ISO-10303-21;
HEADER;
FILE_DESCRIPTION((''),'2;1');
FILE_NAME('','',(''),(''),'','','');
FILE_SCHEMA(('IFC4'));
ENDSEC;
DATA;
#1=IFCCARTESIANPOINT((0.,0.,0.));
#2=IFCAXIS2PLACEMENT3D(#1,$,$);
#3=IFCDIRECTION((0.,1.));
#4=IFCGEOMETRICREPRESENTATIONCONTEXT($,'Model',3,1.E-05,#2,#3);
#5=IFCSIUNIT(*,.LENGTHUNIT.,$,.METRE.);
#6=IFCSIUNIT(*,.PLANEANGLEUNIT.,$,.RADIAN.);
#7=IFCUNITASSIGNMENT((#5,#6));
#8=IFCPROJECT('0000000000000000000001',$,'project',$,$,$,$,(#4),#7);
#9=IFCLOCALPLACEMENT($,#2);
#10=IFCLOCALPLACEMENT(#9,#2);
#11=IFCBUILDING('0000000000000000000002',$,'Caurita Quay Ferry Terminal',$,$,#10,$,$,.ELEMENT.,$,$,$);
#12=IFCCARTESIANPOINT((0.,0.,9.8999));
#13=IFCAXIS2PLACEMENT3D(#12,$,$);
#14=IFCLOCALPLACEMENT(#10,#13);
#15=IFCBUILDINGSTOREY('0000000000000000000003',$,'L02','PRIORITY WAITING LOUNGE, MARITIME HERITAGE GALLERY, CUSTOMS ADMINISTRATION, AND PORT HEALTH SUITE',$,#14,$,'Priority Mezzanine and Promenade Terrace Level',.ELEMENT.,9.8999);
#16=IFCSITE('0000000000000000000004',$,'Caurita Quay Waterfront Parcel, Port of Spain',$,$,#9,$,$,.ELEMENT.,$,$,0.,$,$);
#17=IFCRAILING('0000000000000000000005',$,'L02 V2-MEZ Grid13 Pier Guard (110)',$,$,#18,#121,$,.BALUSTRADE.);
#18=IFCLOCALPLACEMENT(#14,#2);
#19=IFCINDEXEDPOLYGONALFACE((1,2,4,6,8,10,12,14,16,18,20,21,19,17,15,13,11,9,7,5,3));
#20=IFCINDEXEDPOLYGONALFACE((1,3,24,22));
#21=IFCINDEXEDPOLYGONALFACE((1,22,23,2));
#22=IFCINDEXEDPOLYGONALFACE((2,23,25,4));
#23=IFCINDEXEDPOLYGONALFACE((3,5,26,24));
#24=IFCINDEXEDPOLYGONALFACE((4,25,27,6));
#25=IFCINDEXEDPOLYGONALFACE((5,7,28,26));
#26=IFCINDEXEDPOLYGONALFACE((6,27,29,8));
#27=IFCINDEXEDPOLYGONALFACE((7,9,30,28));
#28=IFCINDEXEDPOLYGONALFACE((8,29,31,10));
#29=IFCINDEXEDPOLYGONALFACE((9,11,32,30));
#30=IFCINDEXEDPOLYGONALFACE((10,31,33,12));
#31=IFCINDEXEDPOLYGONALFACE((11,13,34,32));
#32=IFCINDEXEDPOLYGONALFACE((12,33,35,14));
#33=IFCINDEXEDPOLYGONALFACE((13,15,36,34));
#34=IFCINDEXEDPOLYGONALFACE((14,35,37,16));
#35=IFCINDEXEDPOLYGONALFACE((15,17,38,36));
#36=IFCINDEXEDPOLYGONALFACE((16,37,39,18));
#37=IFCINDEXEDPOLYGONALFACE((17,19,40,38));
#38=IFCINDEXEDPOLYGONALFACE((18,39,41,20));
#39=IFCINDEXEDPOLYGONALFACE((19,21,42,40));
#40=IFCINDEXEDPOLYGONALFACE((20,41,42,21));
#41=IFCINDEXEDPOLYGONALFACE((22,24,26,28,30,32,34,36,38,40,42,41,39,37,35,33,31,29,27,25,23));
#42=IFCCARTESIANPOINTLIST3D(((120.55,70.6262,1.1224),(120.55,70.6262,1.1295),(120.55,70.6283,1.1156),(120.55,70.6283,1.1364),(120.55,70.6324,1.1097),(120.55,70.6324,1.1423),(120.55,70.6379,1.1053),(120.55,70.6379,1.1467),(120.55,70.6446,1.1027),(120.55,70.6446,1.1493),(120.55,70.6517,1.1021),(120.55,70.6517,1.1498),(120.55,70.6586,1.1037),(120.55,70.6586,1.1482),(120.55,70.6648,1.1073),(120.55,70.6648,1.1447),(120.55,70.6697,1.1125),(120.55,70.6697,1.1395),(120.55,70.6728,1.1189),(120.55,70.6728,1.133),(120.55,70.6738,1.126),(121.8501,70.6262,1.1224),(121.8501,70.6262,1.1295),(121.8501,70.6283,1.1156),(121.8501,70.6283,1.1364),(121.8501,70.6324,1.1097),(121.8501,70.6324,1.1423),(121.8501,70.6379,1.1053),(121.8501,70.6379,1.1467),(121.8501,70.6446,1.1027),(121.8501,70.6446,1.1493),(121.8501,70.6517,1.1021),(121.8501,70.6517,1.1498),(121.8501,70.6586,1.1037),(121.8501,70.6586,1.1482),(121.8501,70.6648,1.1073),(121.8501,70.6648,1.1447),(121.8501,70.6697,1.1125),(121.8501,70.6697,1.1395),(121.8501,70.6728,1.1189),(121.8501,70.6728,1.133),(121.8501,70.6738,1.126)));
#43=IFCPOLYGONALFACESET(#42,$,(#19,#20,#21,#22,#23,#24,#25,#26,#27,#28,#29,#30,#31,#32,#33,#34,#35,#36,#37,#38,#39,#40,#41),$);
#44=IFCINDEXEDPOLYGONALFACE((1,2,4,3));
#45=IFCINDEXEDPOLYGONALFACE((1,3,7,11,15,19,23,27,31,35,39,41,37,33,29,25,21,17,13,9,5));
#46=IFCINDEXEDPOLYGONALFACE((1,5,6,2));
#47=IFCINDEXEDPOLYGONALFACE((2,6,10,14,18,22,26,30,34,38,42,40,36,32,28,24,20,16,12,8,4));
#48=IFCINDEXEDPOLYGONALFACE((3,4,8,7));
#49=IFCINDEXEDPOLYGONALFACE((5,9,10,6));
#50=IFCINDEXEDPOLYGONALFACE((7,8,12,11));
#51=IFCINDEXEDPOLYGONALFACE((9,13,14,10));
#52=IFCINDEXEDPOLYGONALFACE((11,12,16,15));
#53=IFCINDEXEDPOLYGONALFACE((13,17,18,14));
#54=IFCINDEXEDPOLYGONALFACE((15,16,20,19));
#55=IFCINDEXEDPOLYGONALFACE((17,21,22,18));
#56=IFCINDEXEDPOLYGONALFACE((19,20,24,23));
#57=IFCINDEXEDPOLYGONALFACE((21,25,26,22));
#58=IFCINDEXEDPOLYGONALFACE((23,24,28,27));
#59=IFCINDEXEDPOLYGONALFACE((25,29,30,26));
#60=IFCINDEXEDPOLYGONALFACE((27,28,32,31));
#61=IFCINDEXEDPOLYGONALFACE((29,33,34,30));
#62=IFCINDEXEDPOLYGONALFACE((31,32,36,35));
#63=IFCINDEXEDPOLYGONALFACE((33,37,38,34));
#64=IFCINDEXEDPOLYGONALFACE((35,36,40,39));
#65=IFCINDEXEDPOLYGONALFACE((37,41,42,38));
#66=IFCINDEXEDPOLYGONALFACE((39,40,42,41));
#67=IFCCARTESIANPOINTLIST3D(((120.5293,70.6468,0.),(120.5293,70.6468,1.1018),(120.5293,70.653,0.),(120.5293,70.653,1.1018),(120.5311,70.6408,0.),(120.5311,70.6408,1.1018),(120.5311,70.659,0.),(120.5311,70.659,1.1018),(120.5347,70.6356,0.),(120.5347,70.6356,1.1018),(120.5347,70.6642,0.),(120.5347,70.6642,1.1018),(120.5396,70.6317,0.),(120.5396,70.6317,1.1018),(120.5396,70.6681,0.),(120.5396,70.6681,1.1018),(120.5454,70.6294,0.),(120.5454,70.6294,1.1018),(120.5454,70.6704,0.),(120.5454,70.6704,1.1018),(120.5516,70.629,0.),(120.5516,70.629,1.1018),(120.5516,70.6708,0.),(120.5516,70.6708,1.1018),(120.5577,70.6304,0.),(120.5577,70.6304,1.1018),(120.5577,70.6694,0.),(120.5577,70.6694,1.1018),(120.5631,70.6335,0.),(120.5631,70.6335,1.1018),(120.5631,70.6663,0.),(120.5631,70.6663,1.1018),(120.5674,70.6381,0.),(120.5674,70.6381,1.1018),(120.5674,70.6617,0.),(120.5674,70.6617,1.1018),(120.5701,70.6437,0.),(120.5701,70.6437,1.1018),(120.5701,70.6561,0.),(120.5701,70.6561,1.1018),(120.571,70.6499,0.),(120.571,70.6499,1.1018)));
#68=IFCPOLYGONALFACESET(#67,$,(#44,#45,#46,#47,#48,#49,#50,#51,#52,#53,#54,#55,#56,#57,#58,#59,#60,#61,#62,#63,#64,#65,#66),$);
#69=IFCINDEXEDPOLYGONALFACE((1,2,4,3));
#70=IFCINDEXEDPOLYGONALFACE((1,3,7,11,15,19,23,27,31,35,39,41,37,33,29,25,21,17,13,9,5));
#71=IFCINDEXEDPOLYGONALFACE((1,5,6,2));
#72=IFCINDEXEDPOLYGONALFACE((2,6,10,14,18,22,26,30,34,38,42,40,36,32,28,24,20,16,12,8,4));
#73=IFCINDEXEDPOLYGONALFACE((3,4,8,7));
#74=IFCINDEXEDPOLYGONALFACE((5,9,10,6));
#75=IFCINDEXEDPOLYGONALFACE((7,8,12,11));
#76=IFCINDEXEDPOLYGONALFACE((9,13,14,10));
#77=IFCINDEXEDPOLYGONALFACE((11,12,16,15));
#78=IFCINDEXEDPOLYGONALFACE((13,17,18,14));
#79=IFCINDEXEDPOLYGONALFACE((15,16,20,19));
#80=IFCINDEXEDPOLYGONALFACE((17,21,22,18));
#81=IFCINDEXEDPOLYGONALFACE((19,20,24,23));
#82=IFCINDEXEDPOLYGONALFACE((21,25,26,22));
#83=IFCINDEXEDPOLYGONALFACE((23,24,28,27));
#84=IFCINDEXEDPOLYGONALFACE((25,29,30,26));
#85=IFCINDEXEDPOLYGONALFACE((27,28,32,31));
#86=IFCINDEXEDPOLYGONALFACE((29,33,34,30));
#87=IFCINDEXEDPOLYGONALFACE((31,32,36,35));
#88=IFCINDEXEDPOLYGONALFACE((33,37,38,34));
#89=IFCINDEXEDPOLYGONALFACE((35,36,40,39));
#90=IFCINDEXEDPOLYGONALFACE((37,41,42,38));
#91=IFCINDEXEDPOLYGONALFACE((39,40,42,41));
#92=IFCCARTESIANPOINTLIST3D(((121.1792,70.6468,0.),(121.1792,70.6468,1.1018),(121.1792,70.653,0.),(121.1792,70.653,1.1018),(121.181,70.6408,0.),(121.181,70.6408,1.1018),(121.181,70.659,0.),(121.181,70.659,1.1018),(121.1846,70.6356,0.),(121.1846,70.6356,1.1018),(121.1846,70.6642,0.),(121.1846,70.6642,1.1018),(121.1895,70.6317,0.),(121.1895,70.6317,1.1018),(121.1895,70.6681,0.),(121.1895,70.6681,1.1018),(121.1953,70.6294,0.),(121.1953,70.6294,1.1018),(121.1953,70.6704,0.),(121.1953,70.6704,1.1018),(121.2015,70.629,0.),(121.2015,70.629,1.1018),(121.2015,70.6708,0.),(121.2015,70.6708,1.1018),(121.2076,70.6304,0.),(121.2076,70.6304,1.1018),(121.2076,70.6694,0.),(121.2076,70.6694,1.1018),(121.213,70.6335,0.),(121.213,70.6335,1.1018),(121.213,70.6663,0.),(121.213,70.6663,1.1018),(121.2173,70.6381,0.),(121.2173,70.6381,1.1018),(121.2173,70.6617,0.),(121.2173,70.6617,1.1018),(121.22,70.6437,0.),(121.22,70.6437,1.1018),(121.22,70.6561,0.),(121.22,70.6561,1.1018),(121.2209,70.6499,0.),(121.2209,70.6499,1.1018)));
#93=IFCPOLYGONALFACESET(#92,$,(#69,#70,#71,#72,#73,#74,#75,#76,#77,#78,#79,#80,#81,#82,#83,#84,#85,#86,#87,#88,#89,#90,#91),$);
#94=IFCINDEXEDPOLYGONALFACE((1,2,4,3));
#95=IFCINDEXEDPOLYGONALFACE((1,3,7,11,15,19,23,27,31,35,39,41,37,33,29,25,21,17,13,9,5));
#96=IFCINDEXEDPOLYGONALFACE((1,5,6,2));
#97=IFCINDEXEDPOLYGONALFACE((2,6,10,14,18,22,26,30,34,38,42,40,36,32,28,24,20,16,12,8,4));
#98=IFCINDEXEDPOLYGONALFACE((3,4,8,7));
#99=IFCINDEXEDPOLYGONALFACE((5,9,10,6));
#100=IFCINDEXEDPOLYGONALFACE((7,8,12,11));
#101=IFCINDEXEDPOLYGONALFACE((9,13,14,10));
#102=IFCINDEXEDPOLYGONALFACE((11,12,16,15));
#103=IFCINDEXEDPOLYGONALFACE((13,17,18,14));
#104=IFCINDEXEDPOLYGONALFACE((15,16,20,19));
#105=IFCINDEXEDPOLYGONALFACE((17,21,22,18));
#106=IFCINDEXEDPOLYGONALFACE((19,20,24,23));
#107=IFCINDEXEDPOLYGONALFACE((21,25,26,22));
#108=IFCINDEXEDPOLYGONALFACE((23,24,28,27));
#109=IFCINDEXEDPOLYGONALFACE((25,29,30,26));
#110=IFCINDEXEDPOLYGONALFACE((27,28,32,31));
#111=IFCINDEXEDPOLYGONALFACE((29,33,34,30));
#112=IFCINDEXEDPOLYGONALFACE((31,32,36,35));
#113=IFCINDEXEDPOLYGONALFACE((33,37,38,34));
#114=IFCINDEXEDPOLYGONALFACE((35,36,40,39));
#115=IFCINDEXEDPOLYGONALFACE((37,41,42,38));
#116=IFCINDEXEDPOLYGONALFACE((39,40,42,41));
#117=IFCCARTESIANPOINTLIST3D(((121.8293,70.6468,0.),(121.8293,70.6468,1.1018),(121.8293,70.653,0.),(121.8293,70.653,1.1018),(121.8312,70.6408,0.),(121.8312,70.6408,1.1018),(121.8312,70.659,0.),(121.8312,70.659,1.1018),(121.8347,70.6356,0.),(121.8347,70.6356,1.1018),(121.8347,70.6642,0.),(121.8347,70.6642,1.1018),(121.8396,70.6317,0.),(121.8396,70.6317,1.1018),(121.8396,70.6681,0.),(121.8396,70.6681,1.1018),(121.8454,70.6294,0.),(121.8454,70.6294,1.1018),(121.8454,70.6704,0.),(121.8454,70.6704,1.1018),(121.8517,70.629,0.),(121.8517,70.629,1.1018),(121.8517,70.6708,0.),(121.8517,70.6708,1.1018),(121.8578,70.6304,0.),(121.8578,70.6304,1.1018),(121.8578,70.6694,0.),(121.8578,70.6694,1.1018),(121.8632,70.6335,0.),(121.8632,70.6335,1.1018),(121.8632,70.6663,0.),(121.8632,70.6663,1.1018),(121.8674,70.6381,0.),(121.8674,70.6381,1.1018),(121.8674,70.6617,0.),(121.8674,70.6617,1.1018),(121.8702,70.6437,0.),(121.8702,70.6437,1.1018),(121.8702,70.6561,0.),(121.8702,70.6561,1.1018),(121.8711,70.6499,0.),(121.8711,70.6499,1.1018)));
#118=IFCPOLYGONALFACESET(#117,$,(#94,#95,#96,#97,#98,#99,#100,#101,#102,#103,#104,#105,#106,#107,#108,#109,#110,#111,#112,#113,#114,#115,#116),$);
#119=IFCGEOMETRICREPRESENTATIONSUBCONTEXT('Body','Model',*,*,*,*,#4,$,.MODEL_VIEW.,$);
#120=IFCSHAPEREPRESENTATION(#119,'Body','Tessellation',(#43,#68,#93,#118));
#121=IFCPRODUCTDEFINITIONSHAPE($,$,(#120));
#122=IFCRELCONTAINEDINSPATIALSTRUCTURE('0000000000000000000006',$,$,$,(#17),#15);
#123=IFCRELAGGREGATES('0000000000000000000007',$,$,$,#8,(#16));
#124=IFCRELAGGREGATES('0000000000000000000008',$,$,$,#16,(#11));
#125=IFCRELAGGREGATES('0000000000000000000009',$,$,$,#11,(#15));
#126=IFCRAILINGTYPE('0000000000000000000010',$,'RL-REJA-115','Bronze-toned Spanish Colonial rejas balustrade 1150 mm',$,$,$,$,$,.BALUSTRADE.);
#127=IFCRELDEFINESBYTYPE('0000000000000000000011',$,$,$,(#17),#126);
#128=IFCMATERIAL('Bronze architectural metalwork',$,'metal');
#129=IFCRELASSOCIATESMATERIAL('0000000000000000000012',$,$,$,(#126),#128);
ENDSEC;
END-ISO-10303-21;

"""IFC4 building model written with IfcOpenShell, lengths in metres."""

from ifc_helpers import new_model, si_unit, direction, frame, origin, origin_2d, place, context, subcontext, project, spatial, circle, extrude, material, type_object, element, save


model = new_model("IFC4")

# Units and contexts
model_context = context("Model", 3, precision=1e-05, world=origin(), true_north=direction((0.0, 1.0)))
body_context = subcontext(model_context, "Body", "Model", "MODEL_VIEW")
ifc_project = project(units=[si_unit("LENGTHUNIT", "METRE"), si_unit("PLANEANGLEUNIT", "RADIAN")], contexts=[model_context])

# Site, building, storey
site_placement = place(None, origin())
site = spatial("IfcSite", under=ifc_project, at=site_placement, Name="Caurita Quay Waterfront Parcel, Port of Spain", CompositionType="ELEMENT", RefElevation=0.0)
building_placement = place(site_placement, origin())
building = spatial("IfcBuilding", under=site, at=building_placement, Name="Caurita Quay Ferry Terminal", CompositionType="ELEMENT")
storey_placement = place(building_placement, frame((0.0, 0.0, 9.8999)))
storey = spatial("IfcBuildingStorey", under=building, at=storey_placement, Name="L02", Description="PRIORITY WAITING LOUNGE, MARITIME HERITAGE GALLERY, CUSTOMS ADMINISTRATION, AND PORT HEALTH SUITE", LongName="Priority Mezzanine and Promenade Terrace Level", CompositionType="ELEMENT", Elevation=9.8999)

# Railing
ifc_material_1 = material(Name="Bronze architectural metalwork", Category="metal")
railing_type = type_object("IfcRailingType", Name="RL-REJA-115", Description="Bronze-toned Spanish Colonial rejas balustrade 1150 mm", PredefinedType="BALUSTRADE", material=ifc_material_1)
railing_1_placement = place(storey_placement, frame((120.55, 70.6499, 0.0)))
element("IfcRailing", 1, at=railing_1_placement, inside=storey, type_object=railing_type, Name="L02 V2-MEZ Grid13 Pier Guard (110)", PredefinedType="BALUSTRADE", context=body_context, shape_type="SweptSolid", body=[
    extrude(circle(Radius=0.0239, at=origin_2d()), frame((0.0, 0.0, 1.126), z_axis=(1.0, 0.0, 0.0), x_axis=(0.0, 1.0, 0.0)), (0.0, 0.0, 1.0), 1.3),
    extrude(circle(Radius=0.021, at=origin_2d()), origin(), (0.0, 0.0, 1.0), 1.1018),
    extrude(circle(Radius=0.021, at=origin_2d()), frame((0.6499, 0.0, 0.0)), (0.0, 0.0, 1.0), 1.1018),
    extrude(circle(Radius=0.021, at=origin_2d()), frame((1.3, 0.0, 0.0)), (0.0, 0.0, 1.0), 1.1018),
])

save(model, "model.ifc")
